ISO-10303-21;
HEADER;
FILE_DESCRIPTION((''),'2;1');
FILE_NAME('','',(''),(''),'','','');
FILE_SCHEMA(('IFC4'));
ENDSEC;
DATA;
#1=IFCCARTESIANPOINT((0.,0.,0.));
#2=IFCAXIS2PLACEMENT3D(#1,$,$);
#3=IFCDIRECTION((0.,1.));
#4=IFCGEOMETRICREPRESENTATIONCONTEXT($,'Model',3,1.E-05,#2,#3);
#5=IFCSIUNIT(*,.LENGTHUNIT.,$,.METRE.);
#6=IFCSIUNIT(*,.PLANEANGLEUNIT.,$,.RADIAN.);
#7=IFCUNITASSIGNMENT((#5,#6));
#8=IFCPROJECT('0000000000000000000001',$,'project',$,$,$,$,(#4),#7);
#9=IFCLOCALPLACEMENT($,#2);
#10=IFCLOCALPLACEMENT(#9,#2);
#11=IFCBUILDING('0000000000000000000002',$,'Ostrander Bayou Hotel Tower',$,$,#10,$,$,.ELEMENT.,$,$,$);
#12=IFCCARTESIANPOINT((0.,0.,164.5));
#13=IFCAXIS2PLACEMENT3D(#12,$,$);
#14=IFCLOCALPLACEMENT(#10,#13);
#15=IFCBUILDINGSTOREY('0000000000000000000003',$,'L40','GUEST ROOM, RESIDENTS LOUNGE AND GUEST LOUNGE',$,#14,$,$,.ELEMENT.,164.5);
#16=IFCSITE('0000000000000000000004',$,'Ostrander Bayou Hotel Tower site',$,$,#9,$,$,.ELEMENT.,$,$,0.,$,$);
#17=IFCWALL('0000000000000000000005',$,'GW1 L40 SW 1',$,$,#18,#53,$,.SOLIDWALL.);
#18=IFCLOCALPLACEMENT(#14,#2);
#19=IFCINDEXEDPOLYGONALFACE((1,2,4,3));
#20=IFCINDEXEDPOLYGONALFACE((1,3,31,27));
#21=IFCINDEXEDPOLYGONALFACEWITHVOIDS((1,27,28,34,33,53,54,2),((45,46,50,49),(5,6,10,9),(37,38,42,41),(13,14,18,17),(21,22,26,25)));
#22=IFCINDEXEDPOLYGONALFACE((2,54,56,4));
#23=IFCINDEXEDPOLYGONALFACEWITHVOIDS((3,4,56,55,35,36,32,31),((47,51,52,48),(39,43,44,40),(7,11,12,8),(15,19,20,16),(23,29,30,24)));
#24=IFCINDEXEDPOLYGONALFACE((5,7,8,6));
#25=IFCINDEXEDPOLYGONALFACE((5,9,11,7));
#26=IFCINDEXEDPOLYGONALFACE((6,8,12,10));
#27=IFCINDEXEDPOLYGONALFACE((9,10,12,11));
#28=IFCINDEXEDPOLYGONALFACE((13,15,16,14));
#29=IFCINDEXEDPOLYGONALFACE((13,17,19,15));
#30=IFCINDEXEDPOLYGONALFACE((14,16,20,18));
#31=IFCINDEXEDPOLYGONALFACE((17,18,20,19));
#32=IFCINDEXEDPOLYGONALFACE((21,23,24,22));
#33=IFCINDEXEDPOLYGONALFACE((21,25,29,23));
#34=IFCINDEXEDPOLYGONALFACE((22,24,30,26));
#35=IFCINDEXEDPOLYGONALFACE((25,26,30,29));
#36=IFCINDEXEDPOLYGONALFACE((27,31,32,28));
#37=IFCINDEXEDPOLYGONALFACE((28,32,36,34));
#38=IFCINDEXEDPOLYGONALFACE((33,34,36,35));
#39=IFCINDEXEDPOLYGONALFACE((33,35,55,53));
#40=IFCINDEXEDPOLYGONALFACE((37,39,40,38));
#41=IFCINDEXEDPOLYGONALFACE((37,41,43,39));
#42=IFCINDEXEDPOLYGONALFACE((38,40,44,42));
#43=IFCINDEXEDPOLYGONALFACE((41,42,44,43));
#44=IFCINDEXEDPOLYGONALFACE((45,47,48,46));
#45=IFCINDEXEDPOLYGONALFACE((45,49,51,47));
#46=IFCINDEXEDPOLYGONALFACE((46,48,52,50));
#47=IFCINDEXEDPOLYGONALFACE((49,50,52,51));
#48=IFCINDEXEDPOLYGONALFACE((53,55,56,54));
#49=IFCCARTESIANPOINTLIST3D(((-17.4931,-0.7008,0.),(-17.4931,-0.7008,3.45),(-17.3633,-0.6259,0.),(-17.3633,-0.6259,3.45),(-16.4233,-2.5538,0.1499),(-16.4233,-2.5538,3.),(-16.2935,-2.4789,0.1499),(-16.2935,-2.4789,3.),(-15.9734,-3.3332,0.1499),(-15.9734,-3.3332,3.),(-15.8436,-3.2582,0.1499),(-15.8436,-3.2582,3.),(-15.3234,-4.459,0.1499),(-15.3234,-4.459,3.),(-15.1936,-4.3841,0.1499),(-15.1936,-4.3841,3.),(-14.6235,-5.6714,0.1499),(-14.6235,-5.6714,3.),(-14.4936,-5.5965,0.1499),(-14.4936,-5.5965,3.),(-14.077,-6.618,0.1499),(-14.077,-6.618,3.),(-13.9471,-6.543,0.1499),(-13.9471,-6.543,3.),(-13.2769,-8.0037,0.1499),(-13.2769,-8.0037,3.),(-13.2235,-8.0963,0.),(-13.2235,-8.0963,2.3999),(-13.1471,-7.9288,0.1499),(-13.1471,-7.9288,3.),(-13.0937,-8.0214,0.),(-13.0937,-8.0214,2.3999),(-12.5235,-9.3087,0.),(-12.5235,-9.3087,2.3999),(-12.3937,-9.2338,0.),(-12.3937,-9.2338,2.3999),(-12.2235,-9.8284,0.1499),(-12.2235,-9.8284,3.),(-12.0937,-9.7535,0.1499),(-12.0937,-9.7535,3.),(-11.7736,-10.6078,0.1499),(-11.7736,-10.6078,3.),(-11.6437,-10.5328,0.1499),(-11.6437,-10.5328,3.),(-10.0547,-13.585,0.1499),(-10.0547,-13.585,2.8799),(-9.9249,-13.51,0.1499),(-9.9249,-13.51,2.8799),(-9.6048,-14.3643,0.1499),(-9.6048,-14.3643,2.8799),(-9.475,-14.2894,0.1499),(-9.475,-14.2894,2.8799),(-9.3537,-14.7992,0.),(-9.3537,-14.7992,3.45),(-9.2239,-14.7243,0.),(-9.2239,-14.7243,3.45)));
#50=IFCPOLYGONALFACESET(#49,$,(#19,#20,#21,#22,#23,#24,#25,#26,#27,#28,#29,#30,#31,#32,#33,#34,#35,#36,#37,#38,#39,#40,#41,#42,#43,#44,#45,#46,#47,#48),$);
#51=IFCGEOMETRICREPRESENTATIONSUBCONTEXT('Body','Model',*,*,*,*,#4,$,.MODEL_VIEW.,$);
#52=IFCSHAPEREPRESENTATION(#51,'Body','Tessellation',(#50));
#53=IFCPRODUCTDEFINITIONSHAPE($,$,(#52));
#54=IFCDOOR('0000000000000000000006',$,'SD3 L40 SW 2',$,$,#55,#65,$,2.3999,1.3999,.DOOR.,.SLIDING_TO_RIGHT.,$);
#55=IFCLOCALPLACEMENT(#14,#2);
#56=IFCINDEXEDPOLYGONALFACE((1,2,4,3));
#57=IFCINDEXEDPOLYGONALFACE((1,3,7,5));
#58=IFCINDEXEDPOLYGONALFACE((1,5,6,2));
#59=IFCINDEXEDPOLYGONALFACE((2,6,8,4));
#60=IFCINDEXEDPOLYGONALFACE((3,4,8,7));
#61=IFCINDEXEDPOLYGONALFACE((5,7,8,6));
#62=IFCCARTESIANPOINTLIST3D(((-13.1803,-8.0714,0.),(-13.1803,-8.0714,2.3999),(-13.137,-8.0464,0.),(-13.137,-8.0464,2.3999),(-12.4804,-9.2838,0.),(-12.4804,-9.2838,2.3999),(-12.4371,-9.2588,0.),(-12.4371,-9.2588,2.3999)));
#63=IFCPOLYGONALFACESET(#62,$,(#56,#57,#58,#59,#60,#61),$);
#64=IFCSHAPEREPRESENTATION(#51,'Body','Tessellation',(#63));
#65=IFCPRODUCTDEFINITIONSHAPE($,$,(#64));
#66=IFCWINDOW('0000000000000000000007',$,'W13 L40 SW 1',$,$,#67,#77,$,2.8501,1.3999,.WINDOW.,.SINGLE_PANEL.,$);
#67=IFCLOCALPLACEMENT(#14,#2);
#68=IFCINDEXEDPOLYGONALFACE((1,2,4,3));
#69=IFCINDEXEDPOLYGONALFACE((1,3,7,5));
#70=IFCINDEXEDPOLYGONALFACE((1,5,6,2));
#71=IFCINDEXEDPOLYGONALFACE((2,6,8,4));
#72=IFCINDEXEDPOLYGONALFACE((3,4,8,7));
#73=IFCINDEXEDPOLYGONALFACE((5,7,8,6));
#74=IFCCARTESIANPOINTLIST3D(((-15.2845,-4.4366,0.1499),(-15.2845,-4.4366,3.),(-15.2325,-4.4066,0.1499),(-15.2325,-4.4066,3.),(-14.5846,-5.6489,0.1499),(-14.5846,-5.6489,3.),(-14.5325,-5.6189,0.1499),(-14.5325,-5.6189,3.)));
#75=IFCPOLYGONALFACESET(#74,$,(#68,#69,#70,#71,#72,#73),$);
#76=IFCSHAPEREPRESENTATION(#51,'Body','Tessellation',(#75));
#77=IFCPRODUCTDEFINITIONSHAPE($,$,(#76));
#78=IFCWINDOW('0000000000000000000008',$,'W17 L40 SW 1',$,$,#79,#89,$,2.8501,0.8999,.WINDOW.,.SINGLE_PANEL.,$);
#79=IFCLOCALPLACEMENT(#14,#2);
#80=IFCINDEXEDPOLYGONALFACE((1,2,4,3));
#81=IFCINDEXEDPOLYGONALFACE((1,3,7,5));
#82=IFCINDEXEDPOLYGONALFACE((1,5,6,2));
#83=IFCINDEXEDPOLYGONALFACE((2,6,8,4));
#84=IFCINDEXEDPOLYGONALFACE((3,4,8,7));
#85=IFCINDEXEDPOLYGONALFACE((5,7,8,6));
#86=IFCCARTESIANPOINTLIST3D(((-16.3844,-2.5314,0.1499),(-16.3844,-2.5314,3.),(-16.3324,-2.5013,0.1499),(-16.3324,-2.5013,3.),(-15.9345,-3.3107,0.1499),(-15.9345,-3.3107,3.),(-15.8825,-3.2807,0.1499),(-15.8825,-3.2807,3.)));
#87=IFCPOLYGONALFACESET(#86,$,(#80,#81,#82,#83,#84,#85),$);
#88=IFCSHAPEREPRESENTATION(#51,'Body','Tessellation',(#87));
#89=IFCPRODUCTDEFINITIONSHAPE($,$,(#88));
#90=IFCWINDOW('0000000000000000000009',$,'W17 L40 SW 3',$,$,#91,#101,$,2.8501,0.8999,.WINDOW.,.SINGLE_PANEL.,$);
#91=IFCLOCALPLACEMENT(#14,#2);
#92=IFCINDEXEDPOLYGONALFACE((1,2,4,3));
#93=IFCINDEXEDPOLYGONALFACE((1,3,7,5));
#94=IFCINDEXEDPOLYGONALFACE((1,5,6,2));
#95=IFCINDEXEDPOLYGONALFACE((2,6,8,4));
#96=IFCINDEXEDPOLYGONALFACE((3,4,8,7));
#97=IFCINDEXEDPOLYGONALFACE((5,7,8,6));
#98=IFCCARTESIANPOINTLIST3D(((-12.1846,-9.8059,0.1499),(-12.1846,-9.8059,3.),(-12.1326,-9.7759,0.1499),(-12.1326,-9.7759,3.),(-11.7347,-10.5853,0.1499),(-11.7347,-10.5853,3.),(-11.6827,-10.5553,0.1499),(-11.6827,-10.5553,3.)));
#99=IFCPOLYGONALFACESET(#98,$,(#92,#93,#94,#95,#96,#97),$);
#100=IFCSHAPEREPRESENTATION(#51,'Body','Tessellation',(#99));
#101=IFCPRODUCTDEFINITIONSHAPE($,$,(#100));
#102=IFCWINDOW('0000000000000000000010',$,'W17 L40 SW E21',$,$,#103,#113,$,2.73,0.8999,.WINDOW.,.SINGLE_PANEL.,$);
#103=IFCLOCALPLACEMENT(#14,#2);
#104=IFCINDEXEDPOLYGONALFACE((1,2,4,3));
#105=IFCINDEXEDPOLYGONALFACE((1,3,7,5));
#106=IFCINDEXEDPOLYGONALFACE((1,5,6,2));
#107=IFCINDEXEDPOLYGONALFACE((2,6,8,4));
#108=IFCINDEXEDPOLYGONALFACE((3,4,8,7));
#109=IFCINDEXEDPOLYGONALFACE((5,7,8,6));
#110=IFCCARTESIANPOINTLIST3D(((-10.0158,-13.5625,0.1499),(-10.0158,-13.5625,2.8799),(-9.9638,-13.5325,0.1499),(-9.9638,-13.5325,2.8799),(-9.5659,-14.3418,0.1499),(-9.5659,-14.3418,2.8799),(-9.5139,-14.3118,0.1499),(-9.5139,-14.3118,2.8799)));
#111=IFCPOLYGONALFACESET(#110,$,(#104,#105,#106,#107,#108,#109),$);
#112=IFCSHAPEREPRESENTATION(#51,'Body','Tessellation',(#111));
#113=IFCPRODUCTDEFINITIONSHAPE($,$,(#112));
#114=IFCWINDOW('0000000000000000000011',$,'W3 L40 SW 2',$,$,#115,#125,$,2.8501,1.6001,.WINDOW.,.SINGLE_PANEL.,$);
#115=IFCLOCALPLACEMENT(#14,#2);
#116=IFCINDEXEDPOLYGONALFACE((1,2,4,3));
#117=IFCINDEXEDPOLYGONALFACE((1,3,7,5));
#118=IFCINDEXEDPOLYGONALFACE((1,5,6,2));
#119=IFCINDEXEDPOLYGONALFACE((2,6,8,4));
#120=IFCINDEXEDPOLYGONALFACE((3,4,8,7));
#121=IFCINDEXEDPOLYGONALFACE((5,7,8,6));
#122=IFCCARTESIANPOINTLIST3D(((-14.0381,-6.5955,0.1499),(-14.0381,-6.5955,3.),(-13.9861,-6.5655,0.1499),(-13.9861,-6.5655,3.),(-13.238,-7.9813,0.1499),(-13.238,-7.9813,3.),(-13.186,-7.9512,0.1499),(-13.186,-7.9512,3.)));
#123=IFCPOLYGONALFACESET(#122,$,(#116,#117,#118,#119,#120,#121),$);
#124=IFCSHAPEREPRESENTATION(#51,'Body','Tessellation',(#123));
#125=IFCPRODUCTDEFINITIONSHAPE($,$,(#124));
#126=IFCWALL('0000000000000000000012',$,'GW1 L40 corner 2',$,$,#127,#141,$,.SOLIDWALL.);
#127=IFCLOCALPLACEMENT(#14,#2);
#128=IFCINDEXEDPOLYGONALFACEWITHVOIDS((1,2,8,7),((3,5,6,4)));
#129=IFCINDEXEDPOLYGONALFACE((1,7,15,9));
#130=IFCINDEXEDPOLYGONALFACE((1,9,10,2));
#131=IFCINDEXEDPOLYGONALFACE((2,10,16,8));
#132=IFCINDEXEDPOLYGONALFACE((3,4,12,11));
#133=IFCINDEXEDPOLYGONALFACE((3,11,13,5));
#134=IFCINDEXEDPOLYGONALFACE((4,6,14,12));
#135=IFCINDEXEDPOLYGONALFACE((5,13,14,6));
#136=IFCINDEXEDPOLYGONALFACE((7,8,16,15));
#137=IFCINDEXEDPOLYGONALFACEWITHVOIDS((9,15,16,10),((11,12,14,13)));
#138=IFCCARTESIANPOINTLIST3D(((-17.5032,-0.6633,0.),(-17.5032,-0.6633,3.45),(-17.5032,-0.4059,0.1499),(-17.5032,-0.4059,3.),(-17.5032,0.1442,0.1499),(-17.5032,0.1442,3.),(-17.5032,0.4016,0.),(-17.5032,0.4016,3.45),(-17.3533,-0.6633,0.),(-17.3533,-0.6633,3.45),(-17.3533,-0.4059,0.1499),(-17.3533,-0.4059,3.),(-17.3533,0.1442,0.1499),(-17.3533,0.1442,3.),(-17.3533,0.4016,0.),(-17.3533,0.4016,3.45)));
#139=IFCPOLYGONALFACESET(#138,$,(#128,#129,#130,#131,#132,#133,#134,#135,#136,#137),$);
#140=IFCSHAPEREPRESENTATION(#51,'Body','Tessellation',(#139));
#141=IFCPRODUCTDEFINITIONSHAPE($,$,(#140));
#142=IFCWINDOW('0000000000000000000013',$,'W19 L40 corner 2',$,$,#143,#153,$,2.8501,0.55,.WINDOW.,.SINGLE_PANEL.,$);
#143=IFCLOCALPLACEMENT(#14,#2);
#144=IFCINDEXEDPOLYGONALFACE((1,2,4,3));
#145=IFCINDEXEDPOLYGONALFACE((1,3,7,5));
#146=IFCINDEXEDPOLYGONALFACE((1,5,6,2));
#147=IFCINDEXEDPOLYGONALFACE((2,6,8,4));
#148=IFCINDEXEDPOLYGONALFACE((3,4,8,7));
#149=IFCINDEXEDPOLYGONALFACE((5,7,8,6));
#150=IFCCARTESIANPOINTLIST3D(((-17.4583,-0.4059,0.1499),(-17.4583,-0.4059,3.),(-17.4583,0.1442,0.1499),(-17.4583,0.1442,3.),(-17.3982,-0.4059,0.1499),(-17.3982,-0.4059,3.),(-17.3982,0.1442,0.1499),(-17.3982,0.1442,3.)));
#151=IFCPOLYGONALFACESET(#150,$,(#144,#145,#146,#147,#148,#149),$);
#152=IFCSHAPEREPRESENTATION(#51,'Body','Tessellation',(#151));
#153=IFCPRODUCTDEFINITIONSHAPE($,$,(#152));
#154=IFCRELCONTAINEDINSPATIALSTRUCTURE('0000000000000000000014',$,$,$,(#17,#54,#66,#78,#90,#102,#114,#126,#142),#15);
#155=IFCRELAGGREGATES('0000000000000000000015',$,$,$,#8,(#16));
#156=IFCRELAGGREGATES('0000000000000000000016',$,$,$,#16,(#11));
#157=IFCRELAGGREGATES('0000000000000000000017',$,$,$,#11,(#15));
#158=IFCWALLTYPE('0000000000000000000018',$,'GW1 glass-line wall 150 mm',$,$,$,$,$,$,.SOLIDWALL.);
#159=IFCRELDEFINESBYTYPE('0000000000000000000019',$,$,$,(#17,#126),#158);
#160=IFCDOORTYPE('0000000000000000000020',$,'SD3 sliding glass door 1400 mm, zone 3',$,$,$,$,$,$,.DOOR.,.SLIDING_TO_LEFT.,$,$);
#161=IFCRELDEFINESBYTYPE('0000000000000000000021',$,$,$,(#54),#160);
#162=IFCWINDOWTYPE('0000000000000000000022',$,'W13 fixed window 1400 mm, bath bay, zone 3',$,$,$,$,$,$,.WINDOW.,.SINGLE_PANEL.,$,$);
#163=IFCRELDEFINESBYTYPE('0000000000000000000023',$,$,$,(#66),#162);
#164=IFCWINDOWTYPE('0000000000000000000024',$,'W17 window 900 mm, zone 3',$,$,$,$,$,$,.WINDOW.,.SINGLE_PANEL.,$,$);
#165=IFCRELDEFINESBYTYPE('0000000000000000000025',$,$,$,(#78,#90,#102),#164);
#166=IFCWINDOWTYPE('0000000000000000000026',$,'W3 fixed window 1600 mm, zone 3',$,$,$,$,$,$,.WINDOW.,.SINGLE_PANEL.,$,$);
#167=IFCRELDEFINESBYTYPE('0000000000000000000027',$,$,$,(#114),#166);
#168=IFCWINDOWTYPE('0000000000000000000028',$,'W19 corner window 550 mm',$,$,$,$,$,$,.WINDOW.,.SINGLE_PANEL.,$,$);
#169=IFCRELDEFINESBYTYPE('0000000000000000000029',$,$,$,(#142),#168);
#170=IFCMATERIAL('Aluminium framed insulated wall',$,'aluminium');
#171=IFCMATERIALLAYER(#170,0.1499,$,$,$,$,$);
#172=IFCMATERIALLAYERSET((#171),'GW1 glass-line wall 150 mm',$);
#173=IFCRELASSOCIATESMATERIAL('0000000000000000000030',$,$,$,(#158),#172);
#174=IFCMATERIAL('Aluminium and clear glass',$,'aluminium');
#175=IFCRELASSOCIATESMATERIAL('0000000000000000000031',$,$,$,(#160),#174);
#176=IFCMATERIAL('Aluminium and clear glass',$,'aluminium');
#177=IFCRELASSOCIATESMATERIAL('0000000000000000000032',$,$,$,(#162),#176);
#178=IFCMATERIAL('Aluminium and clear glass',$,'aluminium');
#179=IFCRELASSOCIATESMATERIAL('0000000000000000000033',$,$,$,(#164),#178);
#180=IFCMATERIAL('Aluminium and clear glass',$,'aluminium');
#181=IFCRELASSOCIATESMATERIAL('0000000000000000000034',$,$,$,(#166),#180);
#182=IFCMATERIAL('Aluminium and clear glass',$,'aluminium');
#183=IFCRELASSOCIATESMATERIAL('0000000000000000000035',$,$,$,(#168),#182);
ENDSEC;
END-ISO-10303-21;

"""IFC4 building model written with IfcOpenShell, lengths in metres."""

from ifc_helpers import new_model, si_unit, direction, frame, frame_2d, origin, place, context, subcontext, project, spatial, rectangle, extrude, material, layer, layer_set, type_object, element, fill, save


model = new_model("IFC4")

# Units and contexts
model_context = context("Model", 3, precision=1e-05, world=origin(), true_north=direction((0.0, 1.0)))
body_context = subcontext(model_context, "Body", "Model", "MODEL_VIEW")
ifc_project = project(units=[si_unit("LENGTHUNIT", "METRE"), si_unit("PLANEANGLEUNIT", "RADIAN")], contexts=[model_context])

# Site, building, storey
site_placement = place(None, origin())
site = spatial("IfcSite", under=ifc_project, at=site_placement, Name="Ostrander Bayou Hotel Tower site", CompositionType="ELEMENT", RefElevation=0.0)
building_placement = place(site_placement, origin())
building = spatial("IfcBuilding", under=site, at=building_placement, Name="Ostrander Bayou Hotel Tower", CompositionType="ELEMENT")
storey_placement = place(building_placement, frame((0.0, 0.0, 164.5)))
storey = spatial("IfcBuildingStorey", under=building, at=storey_placement, Name="L40", Description="GUEST ROOM, RESIDENTS LOUNGE AND GUEST LOUNGE", CompositionType="ELEMENT", Elevation=164.5)

# Wall, openings, door, windows
ifc_material_1 = material(Name="Aluminium framed insulated wall", Category="aluminium")
ifc_layer_1 = layer(ifc_material_1, 0.1499)
ifc_layer_set_1 = layer_set([ifc_layer_1], Name="GW1 glass-line wall 150 mm")
wall_type_1 = type_object("IfcWallType", Name="GW1 glass-line wall 150 mm", PredefinedType="SOLIDWALL", material=ifc_layer_set_1)
wall_1_placement = place(storey_placement, frame((-17.4282, -0.6633, 0.0), z_axis=(0.0, 0.0, 1.0), x_axis=(0.499986, -0.866033, 0.0)))
wall_1 = element("IfcWall", 1, at=wall_1_placement, inside=storey, type_object=wall_type_1, Name="GW1 L40 SW 1", PredefinedType="SOLIDWALL", context=body_context, shape_type="SweptSolid", body=[
    extrude(rectangle(XDim=16.2793, YDim=0.1499, at=frame_2d((8.1396, 0.0))), origin(), (0.0, 0.0, 1.0), 3.45),
])
opening_1_placement = place(wall_1_placement, frame((2.1396, 0.0, 0.1499)))
opening_1 = element("IfcOpeningElement", 2, at=opening_1_placement, cuts=wall_1, PredefinedType="OPENING", context=body_context, shape_type="SweptSolid", body=[
    extrude(rectangle(XDim=0.8999, YDim=2.8501, at=frame_2d((0.45, 1.425))), frame((0.0, 0.075, 0.0), z_axis=(0.0, -1.0, 0.0), x_axis=(1.0, 0.0, 0.0)), (0.0, 0.0, 1.0), 0.1499),
])
opening_2_placement = place(wall_1_placement, frame((4.3396, 0.0, 0.1499)))
opening_2 = element("IfcOpeningElement", 3, at=opening_2_placement, cuts=wall_1, PredefinedType="OPENING", context=body_context, shape_type="SweptSolid", body=[
    extrude(rectangle(XDim=1.3999, YDim=2.8501, at=frame_2d((0.7, 1.425))), frame((0.0, 0.075, 0.0), z_axis=(0.0, -1.0, 0.0), x_axis=(1.0, 0.0, 0.0)), (0.0, 0.0, 1.0), 0.1499),
])
opening_3_placement = place(wall_1_placement, frame((6.8325, 0.0, 0.1499)))
opening_3 = element("IfcOpeningElement", 4, at=opening_3_placement, cuts=wall_1, PredefinedType="OPENING", context=body_context, shape_type="SweptSolid", body=[
    extrude(rectangle(XDim=1.6001, YDim=2.8501, at=frame_2d((0.8, 1.425))), frame((0.0, 0.075, 0.0), z_axis=(0.0, -1.0, 0.0), x_axis=(1.0, 0.0, 0.0)), (0.0, 0.0, 1.0), 0.1499),
])
opening_4_placement = place(wall_1_placement, frame((8.5396, 0.0, 0.0)))
opening_4 = element("IfcOpeningElement", 5, at=opening_4_placement, cuts=wall_1, PredefinedType="OPENING", context=body_context, shape_type="SweptSolid", body=[
    extrude(rectangle(XDim=1.3999, YDim=2.3999, at=frame_2d((0.7, 1.2))), frame((0.0, 0.075, 0.0), z_axis=(0.0, -1.0, 0.0), x_axis=(1.0, 0.0, 0.0)), (0.0, 0.0, 1.0), 0.1499),
])
opening_5_placement = place(wall_1_placement, frame((10.5396, 0.0, 0.1499)))
opening_5 = element("IfcOpeningElement", 6, at=opening_5_placement, cuts=wall_1, PredefinedType="OPENING", context=body_context, shape_type="SweptSolid", body=[
    extrude(rectangle(XDim=0.8999, YDim=2.8501, at=frame_2d((0.45, 1.425))), frame((0.0, 0.075, 0.0), z_axis=(0.0, -1.0, 0.0), x_axis=(1.0, 0.0, 0.0)), (0.0, 0.0, 1.0), 0.1499),
])
opening_6_placement = place(wall_1_placement, frame((14.8772, 0.0, 0.1499)))
opening_6 = element("IfcOpeningElement", 7, at=opening_6_placement, cuts=wall_1, PredefinedType="OPENING", context=body_context, shape_type="SweptSolid", body=[
    extrude(rectangle(XDim=0.8999, YDim=2.73, at=frame_2d((0.45, 1.365))), frame((0.0, 0.075, 0.0), z_axis=(0.0, -1.0, 0.0), x_axis=(1.0, 0.0, 0.0)), (0.0, 0.0, 1.0), 0.1499),
])
ifc_material_2 = material(Name="Aluminium and clear glass", Category="aluminium")
door_type_1 = type_object("IfcDoorType", Name="SD3 sliding glass door 1400 mm, zone 3", OperationType="SLIDING_TO_LEFT", PredefinedType="DOOR", material=ifc_material_2)
door_1_placement = place(opening_4_placement, origin())
door_1 = element("IfcDoor", 8, at=door_1_placement, inside=storey, type_object=door_type_1, Name="SD3 L40 SW 2", OperationType="SLIDING_TO_RIGHT", OverallHeight=2.3999, OverallWidth=1.3999, PredefinedType="DOOR", context=body_context, shape_type="SweptSolid", body=[
    extrude(rectangle(XDim=1.3999, YDim=2.3999, at=frame_2d((0.7, 1.2))), frame((0.0, 0.0249, 0.0), z_axis=(0.0, -1.0, 0.0), x_axis=(1.0, 0.0, 0.0)), (0.0, 0.0, 1.0), 0.05),
])
fill(opening_4, door_1)
ifc_material_3 = material(Name="Aluminium and clear glass", Category="aluminium")
window_type_1 = type_object("IfcWindowType", Name="W13 fixed window 1400 mm, bath bay, zone 3", PartitioningType="SINGLE_PANEL", PredefinedType="WINDOW", material=ifc_material_3)
window_1_placement = place(opening_2_placement, origin())
window_1 = element("IfcWindow", 9, at=window_1_placement, inside=storey, type_object=window_type_1, Name="W13 L40 SW 1", OverallHeight=2.8501, OverallWidth=1.3999, PartitioningType="SINGLE_PANEL", PredefinedType="WINDOW", context=body_context, shape_type="SweptSolid", body=[
    extrude(rectangle(XDim=1.3999, YDim=2.8501, at=frame_2d((0.7, 1.425))), frame((0.0, 0.03, 0.0), z_axis=(0.0, -1.0, 0.0), x_axis=(1.0, 0.0, 0.0)), (0.0, 0.0, 1.0), 0.0601),
])
fill(opening_2, window_1)
ifc_material_4 = material(Name="Aluminium and clear glass", Category="aluminium")
window_type_2 = type_object("IfcWindowType", Name="W17 window 900 mm, zone 3", PartitioningType="SINGLE_PANEL", PredefinedType="WINDOW", material=ifc_material_4)
window_2_placement = place(opening_1_placement, origin())
window_2 = element("IfcWindow", 10, at=window_2_placement, inside=storey, type_object=window_type_2, Name="W17 L40 SW 1", OverallHeight=2.8501, OverallWidth=0.8999, PartitioningType="SINGLE_PANEL", PredefinedType="WINDOW", context=body_context, shape_type="SweptSolid", body=[
    extrude(rectangle(XDim=0.8999, YDim=2.8501, at=frame_2d((0.45, 1.425))), frame((0.0, 0.03, 0.0), z_axis=(0.0, -1.0, 0.0), x_axis=(1.0, 0.0, 0.0)), (0.0, 0.0, 1.0), 0.0601),
])
fill(opening_1, window_2)
window_3_placement = place(opening_5_placement, origin())
window_3 = element("IfcWindow", 11, at=window_3_placement, inside=storey, type_object=window_type_2, Name="W17 L40 SW 3", OverallHeight=2.8501, OverallWidth=0.8999, PartitioningType="SINGLE_PANEL", PredefinedType="WINDOW", context=body_context, shape_type="SweptSolid", body=[
    extrude(rectangle(XDim=0.8999, YDim=2.8501, at=frame_2d((0.45, 1.425))), frame((0.0, 0.03, 0.0), z_axis=(0.0, -1.0, 0.0), x_axis=(1.0, 0.0, 0.0)), (0.0, 0.0, 1.0), 0.0601),
])
fill(opening_5, window_3)
window_4_placement = place(opening_6_placement, origin())
window_4 = element("IfcWindow", 12, at=window_4_placement, inside=storey, type_object=window_type_2, Name="W17 L40 SW E21", OverallHeight=2.73, OverallWidth=0.8999, PartitioningType="SINGLE_PANEL", PredefinedType="WINDOW", context=body_context, shape_type="SweptSolid", body=[
    extrude(rectangle(XDim=0.8999, YDim=2.73, at=frame_2d((0.45, 1.365))), frame((0.0, 0.03, 0.0), z_axis=(0.0, -1.0, 0.0), x_axis=(1.0, 0.0, 0.0)), (0.0, 0.0, 1.0), 0.0601),
])
fill(opening_6, window_4)
ifc_material_5 = material(Name="Aluminium and clear glass", Category="aluminium")
window_type_3 = type_object("IfcWindowType", Name="W3 fixed window 1600 mm, zone 3", PartitioningType="SINGLE_PANEL", PredefinedType="WINDOW", material=ifc_material_5)
window_5_placement = place(opening_3_placement, origin())
window_5 = element("IfcWindow", 13, at=window_5_placement, inside=storey, type_object=window_type_3, Name="W3 L40 SW 2", OverallHeight=2.8501, OverallWidth=1.6001, PartitioningType="SINGLE_PANEL", PredefinedType="WINDOW", context=body_context, shape_type="SweptSolid", body=[
    extrude(rectangle(XDim=1.6001, YDim=2.8501, at=frame_2d((0.8, 1.425))), frame((0.0, 0.03, 0.0), z_axis=(0.0, -1.0, 0.0), x_axis=(1.0, 0.0, 0.0)), (0.0, 0.0, 1.0), 0.0601),
])
fill(opening_3, window_5)

# Wall, opening, window
wall_2_placement = place(storey_placement, frame((-17.4282, 0.4016, 0.0), z_axis=(0.0, 0.0, 1.0), x_axis=(0.0, -1.0, 0.0)))
wall_2 = element("IfcWall", 14, at=wall_2_placement, inside=storey, type_object=wall_type_1, Name="GW1 L40 corner 2", PredefinedType="SOLIDWALL", context=body_context, shape_type="SweptSolid", body=[
    extrude(rectangle(XDim=1.0649, YDim=0.1499, at=frame_2d((0.5325, 0.0))), origin(), (0.0, 0.0, 1.0), 3.45),
])
opening_7_placement = place(wall_2_placement, frame((0.2576, 0.0, 0.1499)))
opening_7 = element("IfcOpeningElement", 15, at=opening_7_placement, cuts=wall_2, PredefinedType="OPENING", context=body_context, shape_type="SweptSolid", body=[
    extrude(rectangle(XDim=0.55, YDim=2.8501, at=frame_2d((0.2749, 1.425))), frame((0.0, 0.075, 0.0), z_axis=(0.0, -1.0, 0.0), x_axis=(1.0, 0.0, 0.0)), (0.0, 0.0, 1.0), 0.1499),
])
ifc_material_6 = material(Name="Aluminium and clear glass", Category="aluminium")
window_type_4 = type_object("IfcWindowType", Name="W19 corner window 550 mm", PartitioningType="SINGLE_PANEL", PredefinedType="WINDOW", material=ifc_material_6)
window_6_placement = place(opening_7_placement, origin())
window_6 = element("IfcWindow", 16, at=window_6_placement, inside=storey, type_object=window_type_4, Name="W19 L40 corner 2", OverallHeight=2.8501, OverallWidth=0.55, PartitioningType="SINGLE_PANEL", PredefinedType="WINDOW", context=body_context, shape_type="SweptSolid", body=[
    extrude(rectangle(XDim=0.55, YDim=2.8501, at=frame_2d((0.2749, 1.425))), frame((0.0, 0.03, 0.0), z_axis=(0.0, -1.0, 0.0), x_axis=(1.0, 0.0, 0.0)), (0.0, 0.0, 1.0), 0.0601),
])
fill(opening_7, window_6)

save(model, "model.ifc")
